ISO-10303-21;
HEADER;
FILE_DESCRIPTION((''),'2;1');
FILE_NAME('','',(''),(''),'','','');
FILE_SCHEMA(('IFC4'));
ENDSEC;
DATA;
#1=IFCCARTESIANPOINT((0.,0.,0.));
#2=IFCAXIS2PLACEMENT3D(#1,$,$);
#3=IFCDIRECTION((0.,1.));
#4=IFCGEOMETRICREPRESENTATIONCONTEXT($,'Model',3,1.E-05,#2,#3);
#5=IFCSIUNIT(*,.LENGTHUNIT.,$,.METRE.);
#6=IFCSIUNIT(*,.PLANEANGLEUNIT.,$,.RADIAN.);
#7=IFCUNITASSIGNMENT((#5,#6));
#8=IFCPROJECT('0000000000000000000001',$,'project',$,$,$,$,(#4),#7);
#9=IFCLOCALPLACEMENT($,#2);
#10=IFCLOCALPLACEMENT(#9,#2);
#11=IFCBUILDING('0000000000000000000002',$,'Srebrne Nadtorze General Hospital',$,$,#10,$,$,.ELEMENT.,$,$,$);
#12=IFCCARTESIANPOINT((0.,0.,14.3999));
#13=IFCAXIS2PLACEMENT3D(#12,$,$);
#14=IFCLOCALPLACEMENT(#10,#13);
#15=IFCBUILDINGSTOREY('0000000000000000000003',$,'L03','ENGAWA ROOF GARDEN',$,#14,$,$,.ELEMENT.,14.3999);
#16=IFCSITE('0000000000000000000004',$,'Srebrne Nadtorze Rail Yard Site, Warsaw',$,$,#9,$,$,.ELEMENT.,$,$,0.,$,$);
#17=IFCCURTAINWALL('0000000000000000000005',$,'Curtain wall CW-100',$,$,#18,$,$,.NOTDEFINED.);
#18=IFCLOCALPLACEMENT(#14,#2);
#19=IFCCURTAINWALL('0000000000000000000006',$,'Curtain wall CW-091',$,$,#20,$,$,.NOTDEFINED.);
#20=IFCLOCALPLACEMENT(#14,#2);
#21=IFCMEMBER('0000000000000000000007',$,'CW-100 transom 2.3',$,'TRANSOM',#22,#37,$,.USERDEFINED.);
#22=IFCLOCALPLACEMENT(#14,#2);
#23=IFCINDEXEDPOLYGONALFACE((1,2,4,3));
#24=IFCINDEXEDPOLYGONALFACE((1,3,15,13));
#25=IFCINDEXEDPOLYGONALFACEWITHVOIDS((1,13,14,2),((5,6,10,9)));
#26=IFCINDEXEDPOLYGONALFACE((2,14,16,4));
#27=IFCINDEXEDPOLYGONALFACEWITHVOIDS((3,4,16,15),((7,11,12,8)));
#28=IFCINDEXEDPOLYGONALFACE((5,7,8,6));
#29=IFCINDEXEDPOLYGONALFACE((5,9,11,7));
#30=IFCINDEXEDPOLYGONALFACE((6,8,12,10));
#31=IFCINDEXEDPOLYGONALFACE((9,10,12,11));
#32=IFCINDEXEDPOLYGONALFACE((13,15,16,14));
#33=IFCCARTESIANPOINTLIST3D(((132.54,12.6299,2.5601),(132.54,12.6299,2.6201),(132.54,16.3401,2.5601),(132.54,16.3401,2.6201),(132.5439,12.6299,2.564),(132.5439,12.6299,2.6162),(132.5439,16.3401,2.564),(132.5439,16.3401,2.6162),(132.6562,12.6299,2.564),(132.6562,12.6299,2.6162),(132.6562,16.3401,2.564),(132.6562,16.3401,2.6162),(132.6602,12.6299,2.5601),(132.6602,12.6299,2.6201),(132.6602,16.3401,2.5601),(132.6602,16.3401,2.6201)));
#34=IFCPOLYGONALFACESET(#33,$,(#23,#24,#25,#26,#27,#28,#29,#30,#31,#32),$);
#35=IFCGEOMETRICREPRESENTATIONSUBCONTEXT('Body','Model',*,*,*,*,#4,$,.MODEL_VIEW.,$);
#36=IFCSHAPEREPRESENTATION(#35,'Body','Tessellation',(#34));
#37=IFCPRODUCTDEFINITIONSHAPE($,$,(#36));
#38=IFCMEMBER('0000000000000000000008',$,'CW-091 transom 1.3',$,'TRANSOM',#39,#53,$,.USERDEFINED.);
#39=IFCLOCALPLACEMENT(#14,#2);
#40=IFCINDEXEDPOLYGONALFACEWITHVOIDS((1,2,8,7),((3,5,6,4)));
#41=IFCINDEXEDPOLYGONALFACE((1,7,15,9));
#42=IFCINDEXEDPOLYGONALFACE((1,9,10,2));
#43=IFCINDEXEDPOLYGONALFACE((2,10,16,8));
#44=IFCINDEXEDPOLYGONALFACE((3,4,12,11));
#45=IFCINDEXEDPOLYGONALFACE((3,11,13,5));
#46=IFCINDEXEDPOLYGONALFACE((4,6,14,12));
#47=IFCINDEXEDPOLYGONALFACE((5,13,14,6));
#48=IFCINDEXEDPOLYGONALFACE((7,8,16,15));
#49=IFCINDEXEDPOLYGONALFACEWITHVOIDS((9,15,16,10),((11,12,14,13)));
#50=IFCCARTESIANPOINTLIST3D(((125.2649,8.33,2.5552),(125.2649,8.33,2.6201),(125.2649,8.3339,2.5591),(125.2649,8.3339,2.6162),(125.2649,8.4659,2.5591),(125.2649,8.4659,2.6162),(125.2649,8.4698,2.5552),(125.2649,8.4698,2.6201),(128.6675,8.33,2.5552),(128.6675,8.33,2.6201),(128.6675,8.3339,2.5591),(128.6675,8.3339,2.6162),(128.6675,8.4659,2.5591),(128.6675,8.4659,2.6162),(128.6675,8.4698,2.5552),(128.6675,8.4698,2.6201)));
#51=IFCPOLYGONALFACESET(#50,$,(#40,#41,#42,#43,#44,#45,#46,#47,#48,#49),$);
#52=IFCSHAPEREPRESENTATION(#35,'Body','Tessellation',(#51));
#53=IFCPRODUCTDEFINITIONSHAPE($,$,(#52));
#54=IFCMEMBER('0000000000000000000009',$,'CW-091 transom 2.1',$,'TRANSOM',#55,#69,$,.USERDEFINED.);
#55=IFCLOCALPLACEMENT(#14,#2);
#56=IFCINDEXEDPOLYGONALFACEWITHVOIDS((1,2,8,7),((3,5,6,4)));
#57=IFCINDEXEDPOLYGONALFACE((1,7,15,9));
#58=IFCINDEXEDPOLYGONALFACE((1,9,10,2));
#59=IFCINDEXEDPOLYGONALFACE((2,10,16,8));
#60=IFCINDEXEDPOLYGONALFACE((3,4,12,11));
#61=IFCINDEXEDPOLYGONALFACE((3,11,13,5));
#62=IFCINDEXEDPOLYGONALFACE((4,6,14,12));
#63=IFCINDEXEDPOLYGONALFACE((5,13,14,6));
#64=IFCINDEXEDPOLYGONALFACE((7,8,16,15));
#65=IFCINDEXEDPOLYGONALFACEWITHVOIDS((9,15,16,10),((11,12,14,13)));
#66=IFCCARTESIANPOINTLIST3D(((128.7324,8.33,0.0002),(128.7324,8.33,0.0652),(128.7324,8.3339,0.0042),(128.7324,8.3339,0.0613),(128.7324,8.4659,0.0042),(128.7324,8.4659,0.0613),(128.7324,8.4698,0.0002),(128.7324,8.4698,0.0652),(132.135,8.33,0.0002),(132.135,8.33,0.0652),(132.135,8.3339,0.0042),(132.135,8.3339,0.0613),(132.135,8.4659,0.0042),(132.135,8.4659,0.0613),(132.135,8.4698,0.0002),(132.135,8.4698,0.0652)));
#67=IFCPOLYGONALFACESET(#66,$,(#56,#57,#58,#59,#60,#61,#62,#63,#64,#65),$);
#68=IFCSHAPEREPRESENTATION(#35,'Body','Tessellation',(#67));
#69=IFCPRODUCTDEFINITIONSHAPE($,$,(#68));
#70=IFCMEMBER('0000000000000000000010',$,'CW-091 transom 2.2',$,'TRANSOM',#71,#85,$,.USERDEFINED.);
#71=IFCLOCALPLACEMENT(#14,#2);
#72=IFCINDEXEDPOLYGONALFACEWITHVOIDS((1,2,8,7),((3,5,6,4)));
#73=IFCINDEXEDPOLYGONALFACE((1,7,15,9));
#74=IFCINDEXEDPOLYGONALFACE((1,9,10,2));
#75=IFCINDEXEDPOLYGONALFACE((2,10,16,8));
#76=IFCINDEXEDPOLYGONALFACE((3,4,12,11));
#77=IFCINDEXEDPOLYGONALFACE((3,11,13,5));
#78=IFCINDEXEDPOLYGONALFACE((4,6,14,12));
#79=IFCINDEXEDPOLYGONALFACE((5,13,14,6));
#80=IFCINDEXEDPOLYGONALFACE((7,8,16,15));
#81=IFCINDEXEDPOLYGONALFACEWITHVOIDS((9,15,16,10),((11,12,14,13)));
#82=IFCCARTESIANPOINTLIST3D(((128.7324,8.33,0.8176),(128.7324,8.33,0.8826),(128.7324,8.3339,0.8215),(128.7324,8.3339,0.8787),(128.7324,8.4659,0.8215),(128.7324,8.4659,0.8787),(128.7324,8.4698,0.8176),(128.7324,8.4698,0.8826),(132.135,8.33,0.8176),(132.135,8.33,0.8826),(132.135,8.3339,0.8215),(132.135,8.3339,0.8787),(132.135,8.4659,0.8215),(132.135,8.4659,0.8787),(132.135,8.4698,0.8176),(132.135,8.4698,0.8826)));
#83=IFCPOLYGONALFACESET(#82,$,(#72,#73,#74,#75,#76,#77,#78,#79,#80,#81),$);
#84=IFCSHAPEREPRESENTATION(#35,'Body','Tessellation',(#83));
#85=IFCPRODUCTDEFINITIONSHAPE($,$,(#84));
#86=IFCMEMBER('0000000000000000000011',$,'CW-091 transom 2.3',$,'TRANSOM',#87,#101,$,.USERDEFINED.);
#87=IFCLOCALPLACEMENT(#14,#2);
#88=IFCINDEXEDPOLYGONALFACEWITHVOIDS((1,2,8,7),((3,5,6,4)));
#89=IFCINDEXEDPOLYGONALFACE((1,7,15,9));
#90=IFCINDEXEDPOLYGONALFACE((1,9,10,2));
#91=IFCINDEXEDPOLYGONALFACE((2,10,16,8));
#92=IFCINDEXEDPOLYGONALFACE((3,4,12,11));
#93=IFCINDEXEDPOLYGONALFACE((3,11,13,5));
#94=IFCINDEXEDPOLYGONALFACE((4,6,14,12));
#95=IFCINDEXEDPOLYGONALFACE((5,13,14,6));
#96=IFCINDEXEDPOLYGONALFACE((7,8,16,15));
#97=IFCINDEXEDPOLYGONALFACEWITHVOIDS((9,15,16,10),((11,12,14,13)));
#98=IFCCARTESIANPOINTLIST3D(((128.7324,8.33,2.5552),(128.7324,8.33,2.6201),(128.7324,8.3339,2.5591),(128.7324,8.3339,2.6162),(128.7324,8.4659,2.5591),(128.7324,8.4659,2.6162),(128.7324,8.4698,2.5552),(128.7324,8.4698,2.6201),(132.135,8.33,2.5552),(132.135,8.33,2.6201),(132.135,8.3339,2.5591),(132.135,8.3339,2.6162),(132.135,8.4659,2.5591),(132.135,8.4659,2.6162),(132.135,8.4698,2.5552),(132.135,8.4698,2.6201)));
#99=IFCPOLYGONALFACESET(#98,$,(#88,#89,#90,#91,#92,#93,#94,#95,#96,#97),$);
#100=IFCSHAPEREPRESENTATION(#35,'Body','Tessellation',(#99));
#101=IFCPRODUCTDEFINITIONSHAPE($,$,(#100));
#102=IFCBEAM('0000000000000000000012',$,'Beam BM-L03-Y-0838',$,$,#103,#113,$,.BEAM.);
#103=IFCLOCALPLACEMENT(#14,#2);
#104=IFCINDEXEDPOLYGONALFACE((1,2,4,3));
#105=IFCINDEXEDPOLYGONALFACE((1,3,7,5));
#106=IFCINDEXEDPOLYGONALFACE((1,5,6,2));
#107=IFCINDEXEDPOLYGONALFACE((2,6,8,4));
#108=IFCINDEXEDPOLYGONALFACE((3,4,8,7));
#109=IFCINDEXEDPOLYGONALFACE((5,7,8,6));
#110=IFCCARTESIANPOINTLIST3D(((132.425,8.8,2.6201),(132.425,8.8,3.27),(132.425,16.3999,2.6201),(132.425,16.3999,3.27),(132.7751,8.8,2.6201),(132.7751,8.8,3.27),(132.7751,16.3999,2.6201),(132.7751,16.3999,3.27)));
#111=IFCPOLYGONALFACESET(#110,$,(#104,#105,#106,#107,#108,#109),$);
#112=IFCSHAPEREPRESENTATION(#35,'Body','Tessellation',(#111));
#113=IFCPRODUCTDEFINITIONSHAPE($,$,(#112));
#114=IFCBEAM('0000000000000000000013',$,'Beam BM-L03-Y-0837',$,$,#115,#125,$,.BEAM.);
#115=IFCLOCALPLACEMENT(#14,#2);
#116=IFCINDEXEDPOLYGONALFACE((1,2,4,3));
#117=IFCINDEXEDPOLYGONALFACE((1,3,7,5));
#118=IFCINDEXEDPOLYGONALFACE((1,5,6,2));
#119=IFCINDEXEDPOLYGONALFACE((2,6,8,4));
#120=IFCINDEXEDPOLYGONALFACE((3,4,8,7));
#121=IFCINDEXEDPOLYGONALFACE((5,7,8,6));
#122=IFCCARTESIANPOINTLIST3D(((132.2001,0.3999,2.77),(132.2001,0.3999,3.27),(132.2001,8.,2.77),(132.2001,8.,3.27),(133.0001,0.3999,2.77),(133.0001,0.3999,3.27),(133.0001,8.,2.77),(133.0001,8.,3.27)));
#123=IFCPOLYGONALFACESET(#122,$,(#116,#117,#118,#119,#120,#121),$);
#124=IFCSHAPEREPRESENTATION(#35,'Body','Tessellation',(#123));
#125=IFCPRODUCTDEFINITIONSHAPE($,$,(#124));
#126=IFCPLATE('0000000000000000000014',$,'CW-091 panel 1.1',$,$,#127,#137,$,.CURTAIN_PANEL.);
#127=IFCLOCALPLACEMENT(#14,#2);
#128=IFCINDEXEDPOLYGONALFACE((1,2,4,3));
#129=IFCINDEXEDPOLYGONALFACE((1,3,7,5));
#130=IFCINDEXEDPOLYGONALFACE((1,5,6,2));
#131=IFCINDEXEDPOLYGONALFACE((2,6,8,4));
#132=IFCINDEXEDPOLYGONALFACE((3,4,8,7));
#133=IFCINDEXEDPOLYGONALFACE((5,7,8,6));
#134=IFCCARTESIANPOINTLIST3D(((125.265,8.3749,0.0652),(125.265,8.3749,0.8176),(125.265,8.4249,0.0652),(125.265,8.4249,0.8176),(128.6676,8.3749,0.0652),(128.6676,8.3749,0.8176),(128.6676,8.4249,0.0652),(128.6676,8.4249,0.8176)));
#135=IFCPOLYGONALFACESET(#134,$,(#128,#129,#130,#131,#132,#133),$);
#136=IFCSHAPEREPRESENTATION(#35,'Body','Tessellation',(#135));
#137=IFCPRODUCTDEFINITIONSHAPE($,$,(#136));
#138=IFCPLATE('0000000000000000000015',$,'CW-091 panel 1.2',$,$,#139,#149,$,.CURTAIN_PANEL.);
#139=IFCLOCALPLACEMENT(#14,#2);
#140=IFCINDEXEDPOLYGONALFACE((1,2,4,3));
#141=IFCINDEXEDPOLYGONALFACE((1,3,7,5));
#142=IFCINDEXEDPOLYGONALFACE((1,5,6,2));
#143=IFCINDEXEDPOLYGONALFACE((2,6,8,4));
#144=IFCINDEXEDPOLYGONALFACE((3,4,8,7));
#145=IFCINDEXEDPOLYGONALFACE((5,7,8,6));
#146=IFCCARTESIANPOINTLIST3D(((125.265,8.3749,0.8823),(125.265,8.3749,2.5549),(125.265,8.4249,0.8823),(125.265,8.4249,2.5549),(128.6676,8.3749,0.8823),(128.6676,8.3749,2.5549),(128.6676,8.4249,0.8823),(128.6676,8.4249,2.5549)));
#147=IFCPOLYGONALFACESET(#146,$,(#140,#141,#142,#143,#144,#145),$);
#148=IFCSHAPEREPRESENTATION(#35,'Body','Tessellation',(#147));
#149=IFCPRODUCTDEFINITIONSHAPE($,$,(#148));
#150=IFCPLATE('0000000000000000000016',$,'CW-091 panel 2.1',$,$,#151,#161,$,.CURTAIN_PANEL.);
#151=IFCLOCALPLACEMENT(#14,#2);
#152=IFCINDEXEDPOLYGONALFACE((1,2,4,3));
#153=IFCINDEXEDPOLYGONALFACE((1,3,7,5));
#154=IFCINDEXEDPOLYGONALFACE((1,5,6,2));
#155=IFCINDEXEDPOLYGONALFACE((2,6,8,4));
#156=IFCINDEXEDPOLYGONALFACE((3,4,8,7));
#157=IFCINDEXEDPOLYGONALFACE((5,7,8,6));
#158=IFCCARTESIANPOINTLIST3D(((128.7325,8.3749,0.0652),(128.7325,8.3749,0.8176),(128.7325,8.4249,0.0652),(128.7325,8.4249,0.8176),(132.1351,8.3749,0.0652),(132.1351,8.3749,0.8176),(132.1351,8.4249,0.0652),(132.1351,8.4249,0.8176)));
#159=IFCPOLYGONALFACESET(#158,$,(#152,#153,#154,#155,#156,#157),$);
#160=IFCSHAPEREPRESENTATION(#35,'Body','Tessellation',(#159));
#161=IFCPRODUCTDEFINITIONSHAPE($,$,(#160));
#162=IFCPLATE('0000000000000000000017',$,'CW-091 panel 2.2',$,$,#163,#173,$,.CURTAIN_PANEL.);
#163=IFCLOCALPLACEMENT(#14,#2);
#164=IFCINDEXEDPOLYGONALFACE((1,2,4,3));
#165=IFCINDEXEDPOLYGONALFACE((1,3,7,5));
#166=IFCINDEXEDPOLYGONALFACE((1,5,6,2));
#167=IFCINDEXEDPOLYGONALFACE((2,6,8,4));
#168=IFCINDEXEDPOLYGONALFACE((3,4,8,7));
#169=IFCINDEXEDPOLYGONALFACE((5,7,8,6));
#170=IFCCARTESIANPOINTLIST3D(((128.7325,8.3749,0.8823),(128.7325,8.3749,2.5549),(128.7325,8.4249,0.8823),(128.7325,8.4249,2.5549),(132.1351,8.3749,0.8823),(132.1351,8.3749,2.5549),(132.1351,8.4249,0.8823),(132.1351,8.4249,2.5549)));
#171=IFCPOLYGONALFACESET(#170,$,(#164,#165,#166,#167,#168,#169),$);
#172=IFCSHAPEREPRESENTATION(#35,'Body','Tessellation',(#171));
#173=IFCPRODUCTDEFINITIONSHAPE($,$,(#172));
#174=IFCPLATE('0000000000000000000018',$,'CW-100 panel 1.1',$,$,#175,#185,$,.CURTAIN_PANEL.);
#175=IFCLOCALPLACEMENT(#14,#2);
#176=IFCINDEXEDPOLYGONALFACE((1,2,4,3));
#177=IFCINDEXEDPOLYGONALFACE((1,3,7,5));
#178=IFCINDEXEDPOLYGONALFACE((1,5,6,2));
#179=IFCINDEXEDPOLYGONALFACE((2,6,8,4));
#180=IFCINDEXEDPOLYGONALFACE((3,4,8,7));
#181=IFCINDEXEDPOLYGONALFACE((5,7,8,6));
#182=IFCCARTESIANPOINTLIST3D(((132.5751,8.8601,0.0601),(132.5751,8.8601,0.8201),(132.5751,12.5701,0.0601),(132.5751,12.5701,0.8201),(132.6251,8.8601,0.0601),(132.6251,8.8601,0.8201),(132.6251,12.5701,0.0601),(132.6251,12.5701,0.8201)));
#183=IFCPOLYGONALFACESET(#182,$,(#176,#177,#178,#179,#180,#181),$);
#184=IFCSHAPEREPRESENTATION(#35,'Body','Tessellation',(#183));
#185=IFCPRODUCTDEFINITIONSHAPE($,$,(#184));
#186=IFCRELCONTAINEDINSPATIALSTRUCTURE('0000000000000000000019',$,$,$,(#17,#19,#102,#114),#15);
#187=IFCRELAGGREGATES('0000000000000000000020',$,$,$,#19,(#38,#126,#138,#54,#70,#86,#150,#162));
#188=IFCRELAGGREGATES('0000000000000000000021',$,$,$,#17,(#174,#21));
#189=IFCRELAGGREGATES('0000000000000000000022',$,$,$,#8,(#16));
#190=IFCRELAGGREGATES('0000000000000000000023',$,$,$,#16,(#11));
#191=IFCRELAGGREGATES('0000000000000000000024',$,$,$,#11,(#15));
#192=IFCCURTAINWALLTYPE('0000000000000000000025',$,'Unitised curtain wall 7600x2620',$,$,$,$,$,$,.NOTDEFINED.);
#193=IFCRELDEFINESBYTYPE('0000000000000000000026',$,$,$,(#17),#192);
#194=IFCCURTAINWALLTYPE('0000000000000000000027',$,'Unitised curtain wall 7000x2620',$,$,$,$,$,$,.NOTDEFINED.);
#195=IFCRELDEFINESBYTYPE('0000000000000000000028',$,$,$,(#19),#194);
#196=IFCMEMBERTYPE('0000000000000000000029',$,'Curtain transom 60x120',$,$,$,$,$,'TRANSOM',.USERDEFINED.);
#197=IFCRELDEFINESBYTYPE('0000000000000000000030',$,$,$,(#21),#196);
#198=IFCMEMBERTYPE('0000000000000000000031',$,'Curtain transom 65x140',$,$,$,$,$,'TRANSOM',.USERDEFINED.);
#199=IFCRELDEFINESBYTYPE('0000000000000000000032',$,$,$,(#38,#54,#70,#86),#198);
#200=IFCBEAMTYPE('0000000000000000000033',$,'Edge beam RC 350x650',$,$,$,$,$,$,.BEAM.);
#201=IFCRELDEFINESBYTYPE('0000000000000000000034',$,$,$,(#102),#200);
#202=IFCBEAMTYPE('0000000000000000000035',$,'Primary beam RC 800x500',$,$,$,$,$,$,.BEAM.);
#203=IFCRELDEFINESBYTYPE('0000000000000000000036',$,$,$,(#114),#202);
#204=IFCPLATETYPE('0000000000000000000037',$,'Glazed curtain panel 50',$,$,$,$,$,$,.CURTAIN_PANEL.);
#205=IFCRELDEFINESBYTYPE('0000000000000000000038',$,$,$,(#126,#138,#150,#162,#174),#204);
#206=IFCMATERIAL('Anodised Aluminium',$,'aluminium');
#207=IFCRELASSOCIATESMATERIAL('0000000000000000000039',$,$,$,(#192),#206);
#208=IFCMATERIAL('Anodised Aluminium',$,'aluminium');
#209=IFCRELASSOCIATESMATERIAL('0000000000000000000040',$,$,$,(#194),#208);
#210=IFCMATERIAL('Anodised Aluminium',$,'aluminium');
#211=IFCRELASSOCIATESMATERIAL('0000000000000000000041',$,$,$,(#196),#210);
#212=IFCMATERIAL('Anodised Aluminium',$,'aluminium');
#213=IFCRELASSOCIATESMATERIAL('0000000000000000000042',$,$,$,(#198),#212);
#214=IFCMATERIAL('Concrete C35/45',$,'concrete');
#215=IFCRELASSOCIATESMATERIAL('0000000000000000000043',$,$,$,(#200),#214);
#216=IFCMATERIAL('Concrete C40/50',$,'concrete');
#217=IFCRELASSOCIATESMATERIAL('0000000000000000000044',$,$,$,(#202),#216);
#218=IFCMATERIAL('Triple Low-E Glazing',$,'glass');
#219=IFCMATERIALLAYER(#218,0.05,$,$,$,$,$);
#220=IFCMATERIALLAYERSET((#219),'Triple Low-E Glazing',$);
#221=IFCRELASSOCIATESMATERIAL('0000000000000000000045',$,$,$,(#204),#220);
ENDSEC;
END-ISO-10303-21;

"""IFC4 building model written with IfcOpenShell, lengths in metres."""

from ifc_helpers import new_model, si_unit, direction, frame, origin, origin_2d, place, context, subcontext, project, spatial, rectangle, hollow_rectangle, extrude, material, layer, layer_set, material_profile, profile_set, type_object, element, aggregate, save


model = new_model("IFC4")

# Units and contexts
model_context = context("Model", 3, precision=1e-05, world=origin(), true_north=direction((0.0, 1.0)))
body_context = subcontext(model_context, "Body", "Model", "MODEL_VIEW")
ifc_project = project(units=[si_unit("LENGTHUNIT", "METRE"), si_unit("PLANEANGLEUNIT", "RADIAN")], contexts=[model_context])

# Site, building, storey
site_placement = place(None, origin())
site = spatial("IfcSite", under=ifc_project, at=site_placement, Name="Srebrne Nadtorze Rail Yard Site, Warsaw", CompositionType="ELEMENT", RefElevation=0.0)
building_placement = place(site_placement, origin())
building = spatial("IfcBuilding", under=site, at=building_placement, Name="Srebrne Nadtorze General Hospital", CompositionType="ELEMENT")
storey_placement = place(building_placement, frame((0.0, 0.0, 14.3999)))
storey = spatial("IfcBuildingStorey", under=building, at=storey_placement, Name="L03", Description="ENGAWA ROOF GARDEN", CompositionType="ELEMENT", Elevation=14.3999)

# Curtain walls
ifc_material_1 = material(Name="Anodised Aluminium", Category="aluminium")
curtain_wall_type_1 = type_object("IfcCurtainWallType", Name="Unitised curtain wall 7600x2620", PredefinedType="NOTDEFINED", material=ifc_material_1)
curtain_wall_1_placement = place(storey_placement, origin())
curtain_wall_1 = element("IfcCurtainWall", 1, at=curtain_wall_1_placement, inside=storey, type_object=curtain_wall_type_1, Name="Curtain wall CW-100", PredefinedType="NOTDEFINED")
ifc_material_2 = material(Name="Anodised Aluminium", Category="aluminium")
curtain_wall_type_2 = type_object("IfcCurtainWallType", Name="Unitised curtain wall 7000x2620", PredefinedType="NOTDEFINED", material=ifc_material_2)
curtain_wall_2_placement = place(storey_placement, origin())
curtain_wall_2 = element("IfcCurtainWall", 2, at=curtain_wall_2_placement, inside=storey, type_object=curtain_wall_type_2, Name="Curtain wall CW-091", PredefinedType="NOTDEFINED")

# Members
ifc_material_3 = material(Name="Anodised Aluminium", Category="aluminium")
ifc_material_profile_1 = material_profile(ifc_material_3, hollow_rectangle(XDim=0.0601, YDim=0.1201, WallThickness=0.0039, at=origin_2d()), Name="AL-TRN-60x120")
ifc_profile_set_1 = profile_set([ifc_material_profile_1], Name="Anodised Aluminium")
member_type_1 = type_object("IfcMemberType", Name="Curtain transom 60x120", ElementType="TRANSOM", PredefinedType="USERDEFINED", material=ifc_profile_set_1)
member_1_placement = place(storey_placement, frame((132.6001, 12.6299, 2.5901), z_axis=(0.0, 1.0, 0.0), x_axis=(0.0, 0.0, 1.0)))
member_1 = element("IfcMember", 3, at=member_1_placement, type_object=member_type_1, Name="CW-100 transom 2.3", ObjectType="TRANSOM", PredefinedType="USERDEFINED", context=body_context, shape_type="SweptSolid", body=[
    extrude(hollow_rectangle(XDim=0.0601, YDim=0.1201, WallThickness=0.0039, at=origin_2d()), origin(), (0.0, 0.0, 1.0), 3.7102),
])
ifc_material_4 = material(Name="Anodised Aluminium", Category="aluminium")
ifc_material_profile_2 = material_profile(ifc_material_4, hollow_rectangle(XDim=0.0649, YDim=0.1399, WallThickness=0.0039, at=origin_2d()), Name="AL-TRN-65x140")
ifc_profile_set_2 = profile_set([ifc_material_profile_2], Name="Anodised Aluminium")
member_type_2 = type_object("IfcMemberType", Name="Curtain transom 65x140", ElementType="TRANSOM", PredefinedType="USERDEFINED", material=ifc_profile_set_2)
member_2_placement = place(storey_placement, frame((125.2649, 8.3999, 2.5876), z_axis=(1.0, 0.0, 0.0), x_axis=(0.0, 0.0, 1.0)))
member_2 = element("IfcMember", 4, at=member_2_placement, type_object=member_type_2, Name="CW-091 transom 1.3", ObjectType="TRANSOM", PredefinedType="USERDEFINED", context=body_context, shape_type="SweptSolid", body=[
    extrude(hollow_rectangle(XDim=0.0649, YDim=0.1399, WallThickness=0.0039, at=origin_2d()), origin(), (0.0, 0.0, 1.0), 3.4026),
])
member_3_placement = place(storey_placement, frame((128.7324, 8.3999, 0.0327), z_axis=(1.0, 0.0, 0.0), x_axis=(0.0, 0.0, 1.0)))
member_3 = element("IfcMember", 5, at=member_3_placement, type_object=member_type_2, Name="CW-091 transom 2.1", ObjectType="TRANSOM", PredefinedType="USERDEFINED", context=body_context, shape_type="SweptSolid", body=[
    extrude(hollow_rectangle(XDim=0.0649, YDim=0.1399, WallThickness=0.0039, at=origin_2d()), origin(), (0.0, 0.0, 1.0), 3.4026),
])
member_4_placement = place(storey_placement, frame((128.7324, 8.3999, 0.8501), z_axis=(1.0, 0.0, 0.0), x_axis=(0.0, 0.0, 1.0)))
member_4 = element("IfcMember", 6, at=member_4_placement, type_object=member_type_2, Name="CW-091 transom 2.2", ObjectType="TRANSOM", PredefinedType="USERDEFINED", context=body_context, shape_type="SweptSolid", body=[
    extrude(hollow_rectangle(XDim=0.0649, YDim=0.1399, WallThickness=0.0039, at=origin_2d()), origin(), (0.0, 0.0, 1.0), 3.4026),
])
member_5_placement = place(storey_placement, frame((128.7324, 8.3999, 2.5876), z_axis=(1.0, 0.0, 0.0), x_axis=(0.0, 0.0, 1.0)))
member_5 = element("IfcMember", 7, at=member_5_placement, type_object=member_type_2, Name="CW-091 transom 2.3", ObjectType="TRANSOM", PredefinedType="USERDEFINED", context=body_context, shape_type="SweptSolid", body=[
    extrude(hollow_rectangle(XDim=0.0649, YDim=0.1399, WallThickness=0.0039, at=origin_2d()), origin(), (0.0, 0.0, 1.0), 3.4026),
])

# Beams
ifc_material_5 = material(Name="Concrete C35/45", Category="concrete")
ifc_material_profile_3 = material_profile(ifc_material_5, rectangle(XDim=0.3501, YDim=0.6499, at=origin_2d()), Name="RC-BM-350x650")
ifc_profile_set_3 = profile_set([ifc_material_profile_3], Name="Concrete C35/45")
beam_type_1 = type_object("IfcBeamType", Name="Edge beam RC 350x650", PredefinedType="BEAM", material=ifc_profile_set_3)
beam_1_placement = place(storey_placement, frame((132.6001, 8.8, 2.9451), z_axis=(0.0, 1.0, 0.0), x_axis=(-1.0, 0.0, 0.0)))
element("IfcBeam", 8, at=beam_1_placement, inside=storey, type_object=beam_type_1, Name="Beam BM-L03-Y-0838", PredefinedType="BEAM", context=body_context, shape_type="SweptSolid", body=[
    extrude(rectangle(XDim=0.3501, YDim=0.6499, at=origin_2d()), origin(), (0.0, 0.0, 1.0), 7.5999),
])
ifc_material_6 = material(Name="Concrete C40/50", Category="concrete")
ifc_material_profile_4 = material_profile(ifc_material_6, rectangle(XDim=0.8, YDim=0.5, at=origin_2d()), Name="RC-BM-800x500")
ifc_profile_set_4 = profile_set([ifc_material_profile_4], Name="Concrete C40/50")
beam_type_2 = type_object("IfcBeamType", Name="Primary beam RC 800x500", PredefinedType="BEAM", material=ifc_profile_set_4)
beam_2_placement = place(storey_placement, frame((132.6001, 0.3999, 3.02), z_axis=(0.0, 1.0, 0.0), x_axis=(-1.0, 0.0, 0.0)))
element("IfcBeam", 9, at=beam_2_placement, inside=storey, type_object=beam_type_2, Name="Beam BM-L03-Y-0837", PredefinedType="BEAM", context=body_context, shape_type="SweptSolid", body=[
    extrude(rectangle(XDim=0.8, YDim=0.5, at=origin_2d()), origin(), (0.0, 0.0, 1.0), 7.6001),
])

# Plates
ifc_material_7 = material(Name="Triple Low-E Glazing", Category="glass")
ifc_layer_1 = layer(ifc_material_7, 0.05)
ifc_layer_set_1 = layer_set([ifc_layer_1], Name="Triple Low-E Glazing")
plate_type = type_object("IfcPlateType", Name="Glazed curtain panel 50", PredefinedType="CURTAIN_PANEL", material=ifc_layer_set_1)
plate_1_placement = place(storey_placement, frame((126.9663, 8.3999, 0.0652), z_axis=(0.0, 0.0, 1.0), x_axis=(1.0, 0.0, 0.0)))
plate_1 = element("IfcPlate", 10, at=plate_1_placement, type_object=plate_type, Name="CW-091 panel 1.1", PredefinedType="CURTAIN_PANEL", context=body_context, shape_type="SweptSolid", body=[
    extrude(rectangle(XDim=3.4026, YDim=0.05, at=origin_2d()), origin(), (0.0, 0.0, 1.0), 0.7524),
])
plate_2_placement = place(storey_placement, frame((126.9663, 8.3999, 0.8823), z_axis=(0.0, 0.0, 1.0), x_axis=(1.0, 0.0, 0.0)))
plate_2 = element("IfcPlate", 11, at=plate_2_placement, type_object=plate_type, Name="CW-091 panel 1.2", PredefinedType="CURTAIN_PANEL", context=body_context, shape_type="SweptSolid", body=[
    extrude(rectangle(XDim=3.4026, YDim=0.05, at=origin_2d()), origin(), (0.0, 0.0, 1.0), 1.6726),
])
plate_3_placement = place(storey_placement, frame((130.4338, 8.3999, 0.0652), z_axis=(0.0, 0.0, 1.0), x_axis=(1.0, 0.0, 0.0)))
plate_3 = element("IfcPlate", 12, at=plate_3_placement, type_object=plate_type, Name="CW-091 panel 2.1", PredefinedType="CURTAIN_PANEL", context=body_context, shape_type="SweptSolid", body=[
    extrude(rectangle(XDim=3.4026, YDim=0.05, at=origin_2d()), origin(), (0.0, 0.0, 1.0), 0.7524),
])
plate_4_placement = place(storey_placement, frame((130.4338, 8.3999, 0.8823), z_axis=(0.0, 0.0, 1.0), x_axis=(1.0, 0.0, 0.0)))
plate_4 = element("IfcPlate", 13, at=plate_4_placement, type_object=plate_type, Name="CW-091 panel 2.2", PredefinedType="CURTAIN_PANEL", context=body_context, shape_type="SweptSolid", body=[
    extrude(rectangle(XDim=3.4026, YDim=0.05, at=origin_2d()), origin(), (0.0, 0.0, 1.0), 1.6726),
])
aggregate(curtain_wall_2, [member_2, plate_1, plate_2, member_3, member_4, member_5, plate_3, plate_4])
plate_5_placement = place(storey_placement, frame((132.6001, 10.7151, 0.0601), z_axis=(0.0, 0.0, 1.0), x_axis=(0.0, 1.0, 0.0)))
plate_5 = element("IfcPlate", 14, at=plate_5_placement, type_object=plate_type, Name="CW-100 panel 1.1", PredefinedType="CURTAIN_PANEL", context=body_context, shape_type="SweptSolid", body=[
    extrude(rectangle(XDim=3.71, YDim=0.05, at=origin_2d()), origin(), (0.0, 0.0, 1.0), 0.76),
])
aggregate(curtain_wall_1, [plate_5, member_1])

save(model, "model.ifc")
